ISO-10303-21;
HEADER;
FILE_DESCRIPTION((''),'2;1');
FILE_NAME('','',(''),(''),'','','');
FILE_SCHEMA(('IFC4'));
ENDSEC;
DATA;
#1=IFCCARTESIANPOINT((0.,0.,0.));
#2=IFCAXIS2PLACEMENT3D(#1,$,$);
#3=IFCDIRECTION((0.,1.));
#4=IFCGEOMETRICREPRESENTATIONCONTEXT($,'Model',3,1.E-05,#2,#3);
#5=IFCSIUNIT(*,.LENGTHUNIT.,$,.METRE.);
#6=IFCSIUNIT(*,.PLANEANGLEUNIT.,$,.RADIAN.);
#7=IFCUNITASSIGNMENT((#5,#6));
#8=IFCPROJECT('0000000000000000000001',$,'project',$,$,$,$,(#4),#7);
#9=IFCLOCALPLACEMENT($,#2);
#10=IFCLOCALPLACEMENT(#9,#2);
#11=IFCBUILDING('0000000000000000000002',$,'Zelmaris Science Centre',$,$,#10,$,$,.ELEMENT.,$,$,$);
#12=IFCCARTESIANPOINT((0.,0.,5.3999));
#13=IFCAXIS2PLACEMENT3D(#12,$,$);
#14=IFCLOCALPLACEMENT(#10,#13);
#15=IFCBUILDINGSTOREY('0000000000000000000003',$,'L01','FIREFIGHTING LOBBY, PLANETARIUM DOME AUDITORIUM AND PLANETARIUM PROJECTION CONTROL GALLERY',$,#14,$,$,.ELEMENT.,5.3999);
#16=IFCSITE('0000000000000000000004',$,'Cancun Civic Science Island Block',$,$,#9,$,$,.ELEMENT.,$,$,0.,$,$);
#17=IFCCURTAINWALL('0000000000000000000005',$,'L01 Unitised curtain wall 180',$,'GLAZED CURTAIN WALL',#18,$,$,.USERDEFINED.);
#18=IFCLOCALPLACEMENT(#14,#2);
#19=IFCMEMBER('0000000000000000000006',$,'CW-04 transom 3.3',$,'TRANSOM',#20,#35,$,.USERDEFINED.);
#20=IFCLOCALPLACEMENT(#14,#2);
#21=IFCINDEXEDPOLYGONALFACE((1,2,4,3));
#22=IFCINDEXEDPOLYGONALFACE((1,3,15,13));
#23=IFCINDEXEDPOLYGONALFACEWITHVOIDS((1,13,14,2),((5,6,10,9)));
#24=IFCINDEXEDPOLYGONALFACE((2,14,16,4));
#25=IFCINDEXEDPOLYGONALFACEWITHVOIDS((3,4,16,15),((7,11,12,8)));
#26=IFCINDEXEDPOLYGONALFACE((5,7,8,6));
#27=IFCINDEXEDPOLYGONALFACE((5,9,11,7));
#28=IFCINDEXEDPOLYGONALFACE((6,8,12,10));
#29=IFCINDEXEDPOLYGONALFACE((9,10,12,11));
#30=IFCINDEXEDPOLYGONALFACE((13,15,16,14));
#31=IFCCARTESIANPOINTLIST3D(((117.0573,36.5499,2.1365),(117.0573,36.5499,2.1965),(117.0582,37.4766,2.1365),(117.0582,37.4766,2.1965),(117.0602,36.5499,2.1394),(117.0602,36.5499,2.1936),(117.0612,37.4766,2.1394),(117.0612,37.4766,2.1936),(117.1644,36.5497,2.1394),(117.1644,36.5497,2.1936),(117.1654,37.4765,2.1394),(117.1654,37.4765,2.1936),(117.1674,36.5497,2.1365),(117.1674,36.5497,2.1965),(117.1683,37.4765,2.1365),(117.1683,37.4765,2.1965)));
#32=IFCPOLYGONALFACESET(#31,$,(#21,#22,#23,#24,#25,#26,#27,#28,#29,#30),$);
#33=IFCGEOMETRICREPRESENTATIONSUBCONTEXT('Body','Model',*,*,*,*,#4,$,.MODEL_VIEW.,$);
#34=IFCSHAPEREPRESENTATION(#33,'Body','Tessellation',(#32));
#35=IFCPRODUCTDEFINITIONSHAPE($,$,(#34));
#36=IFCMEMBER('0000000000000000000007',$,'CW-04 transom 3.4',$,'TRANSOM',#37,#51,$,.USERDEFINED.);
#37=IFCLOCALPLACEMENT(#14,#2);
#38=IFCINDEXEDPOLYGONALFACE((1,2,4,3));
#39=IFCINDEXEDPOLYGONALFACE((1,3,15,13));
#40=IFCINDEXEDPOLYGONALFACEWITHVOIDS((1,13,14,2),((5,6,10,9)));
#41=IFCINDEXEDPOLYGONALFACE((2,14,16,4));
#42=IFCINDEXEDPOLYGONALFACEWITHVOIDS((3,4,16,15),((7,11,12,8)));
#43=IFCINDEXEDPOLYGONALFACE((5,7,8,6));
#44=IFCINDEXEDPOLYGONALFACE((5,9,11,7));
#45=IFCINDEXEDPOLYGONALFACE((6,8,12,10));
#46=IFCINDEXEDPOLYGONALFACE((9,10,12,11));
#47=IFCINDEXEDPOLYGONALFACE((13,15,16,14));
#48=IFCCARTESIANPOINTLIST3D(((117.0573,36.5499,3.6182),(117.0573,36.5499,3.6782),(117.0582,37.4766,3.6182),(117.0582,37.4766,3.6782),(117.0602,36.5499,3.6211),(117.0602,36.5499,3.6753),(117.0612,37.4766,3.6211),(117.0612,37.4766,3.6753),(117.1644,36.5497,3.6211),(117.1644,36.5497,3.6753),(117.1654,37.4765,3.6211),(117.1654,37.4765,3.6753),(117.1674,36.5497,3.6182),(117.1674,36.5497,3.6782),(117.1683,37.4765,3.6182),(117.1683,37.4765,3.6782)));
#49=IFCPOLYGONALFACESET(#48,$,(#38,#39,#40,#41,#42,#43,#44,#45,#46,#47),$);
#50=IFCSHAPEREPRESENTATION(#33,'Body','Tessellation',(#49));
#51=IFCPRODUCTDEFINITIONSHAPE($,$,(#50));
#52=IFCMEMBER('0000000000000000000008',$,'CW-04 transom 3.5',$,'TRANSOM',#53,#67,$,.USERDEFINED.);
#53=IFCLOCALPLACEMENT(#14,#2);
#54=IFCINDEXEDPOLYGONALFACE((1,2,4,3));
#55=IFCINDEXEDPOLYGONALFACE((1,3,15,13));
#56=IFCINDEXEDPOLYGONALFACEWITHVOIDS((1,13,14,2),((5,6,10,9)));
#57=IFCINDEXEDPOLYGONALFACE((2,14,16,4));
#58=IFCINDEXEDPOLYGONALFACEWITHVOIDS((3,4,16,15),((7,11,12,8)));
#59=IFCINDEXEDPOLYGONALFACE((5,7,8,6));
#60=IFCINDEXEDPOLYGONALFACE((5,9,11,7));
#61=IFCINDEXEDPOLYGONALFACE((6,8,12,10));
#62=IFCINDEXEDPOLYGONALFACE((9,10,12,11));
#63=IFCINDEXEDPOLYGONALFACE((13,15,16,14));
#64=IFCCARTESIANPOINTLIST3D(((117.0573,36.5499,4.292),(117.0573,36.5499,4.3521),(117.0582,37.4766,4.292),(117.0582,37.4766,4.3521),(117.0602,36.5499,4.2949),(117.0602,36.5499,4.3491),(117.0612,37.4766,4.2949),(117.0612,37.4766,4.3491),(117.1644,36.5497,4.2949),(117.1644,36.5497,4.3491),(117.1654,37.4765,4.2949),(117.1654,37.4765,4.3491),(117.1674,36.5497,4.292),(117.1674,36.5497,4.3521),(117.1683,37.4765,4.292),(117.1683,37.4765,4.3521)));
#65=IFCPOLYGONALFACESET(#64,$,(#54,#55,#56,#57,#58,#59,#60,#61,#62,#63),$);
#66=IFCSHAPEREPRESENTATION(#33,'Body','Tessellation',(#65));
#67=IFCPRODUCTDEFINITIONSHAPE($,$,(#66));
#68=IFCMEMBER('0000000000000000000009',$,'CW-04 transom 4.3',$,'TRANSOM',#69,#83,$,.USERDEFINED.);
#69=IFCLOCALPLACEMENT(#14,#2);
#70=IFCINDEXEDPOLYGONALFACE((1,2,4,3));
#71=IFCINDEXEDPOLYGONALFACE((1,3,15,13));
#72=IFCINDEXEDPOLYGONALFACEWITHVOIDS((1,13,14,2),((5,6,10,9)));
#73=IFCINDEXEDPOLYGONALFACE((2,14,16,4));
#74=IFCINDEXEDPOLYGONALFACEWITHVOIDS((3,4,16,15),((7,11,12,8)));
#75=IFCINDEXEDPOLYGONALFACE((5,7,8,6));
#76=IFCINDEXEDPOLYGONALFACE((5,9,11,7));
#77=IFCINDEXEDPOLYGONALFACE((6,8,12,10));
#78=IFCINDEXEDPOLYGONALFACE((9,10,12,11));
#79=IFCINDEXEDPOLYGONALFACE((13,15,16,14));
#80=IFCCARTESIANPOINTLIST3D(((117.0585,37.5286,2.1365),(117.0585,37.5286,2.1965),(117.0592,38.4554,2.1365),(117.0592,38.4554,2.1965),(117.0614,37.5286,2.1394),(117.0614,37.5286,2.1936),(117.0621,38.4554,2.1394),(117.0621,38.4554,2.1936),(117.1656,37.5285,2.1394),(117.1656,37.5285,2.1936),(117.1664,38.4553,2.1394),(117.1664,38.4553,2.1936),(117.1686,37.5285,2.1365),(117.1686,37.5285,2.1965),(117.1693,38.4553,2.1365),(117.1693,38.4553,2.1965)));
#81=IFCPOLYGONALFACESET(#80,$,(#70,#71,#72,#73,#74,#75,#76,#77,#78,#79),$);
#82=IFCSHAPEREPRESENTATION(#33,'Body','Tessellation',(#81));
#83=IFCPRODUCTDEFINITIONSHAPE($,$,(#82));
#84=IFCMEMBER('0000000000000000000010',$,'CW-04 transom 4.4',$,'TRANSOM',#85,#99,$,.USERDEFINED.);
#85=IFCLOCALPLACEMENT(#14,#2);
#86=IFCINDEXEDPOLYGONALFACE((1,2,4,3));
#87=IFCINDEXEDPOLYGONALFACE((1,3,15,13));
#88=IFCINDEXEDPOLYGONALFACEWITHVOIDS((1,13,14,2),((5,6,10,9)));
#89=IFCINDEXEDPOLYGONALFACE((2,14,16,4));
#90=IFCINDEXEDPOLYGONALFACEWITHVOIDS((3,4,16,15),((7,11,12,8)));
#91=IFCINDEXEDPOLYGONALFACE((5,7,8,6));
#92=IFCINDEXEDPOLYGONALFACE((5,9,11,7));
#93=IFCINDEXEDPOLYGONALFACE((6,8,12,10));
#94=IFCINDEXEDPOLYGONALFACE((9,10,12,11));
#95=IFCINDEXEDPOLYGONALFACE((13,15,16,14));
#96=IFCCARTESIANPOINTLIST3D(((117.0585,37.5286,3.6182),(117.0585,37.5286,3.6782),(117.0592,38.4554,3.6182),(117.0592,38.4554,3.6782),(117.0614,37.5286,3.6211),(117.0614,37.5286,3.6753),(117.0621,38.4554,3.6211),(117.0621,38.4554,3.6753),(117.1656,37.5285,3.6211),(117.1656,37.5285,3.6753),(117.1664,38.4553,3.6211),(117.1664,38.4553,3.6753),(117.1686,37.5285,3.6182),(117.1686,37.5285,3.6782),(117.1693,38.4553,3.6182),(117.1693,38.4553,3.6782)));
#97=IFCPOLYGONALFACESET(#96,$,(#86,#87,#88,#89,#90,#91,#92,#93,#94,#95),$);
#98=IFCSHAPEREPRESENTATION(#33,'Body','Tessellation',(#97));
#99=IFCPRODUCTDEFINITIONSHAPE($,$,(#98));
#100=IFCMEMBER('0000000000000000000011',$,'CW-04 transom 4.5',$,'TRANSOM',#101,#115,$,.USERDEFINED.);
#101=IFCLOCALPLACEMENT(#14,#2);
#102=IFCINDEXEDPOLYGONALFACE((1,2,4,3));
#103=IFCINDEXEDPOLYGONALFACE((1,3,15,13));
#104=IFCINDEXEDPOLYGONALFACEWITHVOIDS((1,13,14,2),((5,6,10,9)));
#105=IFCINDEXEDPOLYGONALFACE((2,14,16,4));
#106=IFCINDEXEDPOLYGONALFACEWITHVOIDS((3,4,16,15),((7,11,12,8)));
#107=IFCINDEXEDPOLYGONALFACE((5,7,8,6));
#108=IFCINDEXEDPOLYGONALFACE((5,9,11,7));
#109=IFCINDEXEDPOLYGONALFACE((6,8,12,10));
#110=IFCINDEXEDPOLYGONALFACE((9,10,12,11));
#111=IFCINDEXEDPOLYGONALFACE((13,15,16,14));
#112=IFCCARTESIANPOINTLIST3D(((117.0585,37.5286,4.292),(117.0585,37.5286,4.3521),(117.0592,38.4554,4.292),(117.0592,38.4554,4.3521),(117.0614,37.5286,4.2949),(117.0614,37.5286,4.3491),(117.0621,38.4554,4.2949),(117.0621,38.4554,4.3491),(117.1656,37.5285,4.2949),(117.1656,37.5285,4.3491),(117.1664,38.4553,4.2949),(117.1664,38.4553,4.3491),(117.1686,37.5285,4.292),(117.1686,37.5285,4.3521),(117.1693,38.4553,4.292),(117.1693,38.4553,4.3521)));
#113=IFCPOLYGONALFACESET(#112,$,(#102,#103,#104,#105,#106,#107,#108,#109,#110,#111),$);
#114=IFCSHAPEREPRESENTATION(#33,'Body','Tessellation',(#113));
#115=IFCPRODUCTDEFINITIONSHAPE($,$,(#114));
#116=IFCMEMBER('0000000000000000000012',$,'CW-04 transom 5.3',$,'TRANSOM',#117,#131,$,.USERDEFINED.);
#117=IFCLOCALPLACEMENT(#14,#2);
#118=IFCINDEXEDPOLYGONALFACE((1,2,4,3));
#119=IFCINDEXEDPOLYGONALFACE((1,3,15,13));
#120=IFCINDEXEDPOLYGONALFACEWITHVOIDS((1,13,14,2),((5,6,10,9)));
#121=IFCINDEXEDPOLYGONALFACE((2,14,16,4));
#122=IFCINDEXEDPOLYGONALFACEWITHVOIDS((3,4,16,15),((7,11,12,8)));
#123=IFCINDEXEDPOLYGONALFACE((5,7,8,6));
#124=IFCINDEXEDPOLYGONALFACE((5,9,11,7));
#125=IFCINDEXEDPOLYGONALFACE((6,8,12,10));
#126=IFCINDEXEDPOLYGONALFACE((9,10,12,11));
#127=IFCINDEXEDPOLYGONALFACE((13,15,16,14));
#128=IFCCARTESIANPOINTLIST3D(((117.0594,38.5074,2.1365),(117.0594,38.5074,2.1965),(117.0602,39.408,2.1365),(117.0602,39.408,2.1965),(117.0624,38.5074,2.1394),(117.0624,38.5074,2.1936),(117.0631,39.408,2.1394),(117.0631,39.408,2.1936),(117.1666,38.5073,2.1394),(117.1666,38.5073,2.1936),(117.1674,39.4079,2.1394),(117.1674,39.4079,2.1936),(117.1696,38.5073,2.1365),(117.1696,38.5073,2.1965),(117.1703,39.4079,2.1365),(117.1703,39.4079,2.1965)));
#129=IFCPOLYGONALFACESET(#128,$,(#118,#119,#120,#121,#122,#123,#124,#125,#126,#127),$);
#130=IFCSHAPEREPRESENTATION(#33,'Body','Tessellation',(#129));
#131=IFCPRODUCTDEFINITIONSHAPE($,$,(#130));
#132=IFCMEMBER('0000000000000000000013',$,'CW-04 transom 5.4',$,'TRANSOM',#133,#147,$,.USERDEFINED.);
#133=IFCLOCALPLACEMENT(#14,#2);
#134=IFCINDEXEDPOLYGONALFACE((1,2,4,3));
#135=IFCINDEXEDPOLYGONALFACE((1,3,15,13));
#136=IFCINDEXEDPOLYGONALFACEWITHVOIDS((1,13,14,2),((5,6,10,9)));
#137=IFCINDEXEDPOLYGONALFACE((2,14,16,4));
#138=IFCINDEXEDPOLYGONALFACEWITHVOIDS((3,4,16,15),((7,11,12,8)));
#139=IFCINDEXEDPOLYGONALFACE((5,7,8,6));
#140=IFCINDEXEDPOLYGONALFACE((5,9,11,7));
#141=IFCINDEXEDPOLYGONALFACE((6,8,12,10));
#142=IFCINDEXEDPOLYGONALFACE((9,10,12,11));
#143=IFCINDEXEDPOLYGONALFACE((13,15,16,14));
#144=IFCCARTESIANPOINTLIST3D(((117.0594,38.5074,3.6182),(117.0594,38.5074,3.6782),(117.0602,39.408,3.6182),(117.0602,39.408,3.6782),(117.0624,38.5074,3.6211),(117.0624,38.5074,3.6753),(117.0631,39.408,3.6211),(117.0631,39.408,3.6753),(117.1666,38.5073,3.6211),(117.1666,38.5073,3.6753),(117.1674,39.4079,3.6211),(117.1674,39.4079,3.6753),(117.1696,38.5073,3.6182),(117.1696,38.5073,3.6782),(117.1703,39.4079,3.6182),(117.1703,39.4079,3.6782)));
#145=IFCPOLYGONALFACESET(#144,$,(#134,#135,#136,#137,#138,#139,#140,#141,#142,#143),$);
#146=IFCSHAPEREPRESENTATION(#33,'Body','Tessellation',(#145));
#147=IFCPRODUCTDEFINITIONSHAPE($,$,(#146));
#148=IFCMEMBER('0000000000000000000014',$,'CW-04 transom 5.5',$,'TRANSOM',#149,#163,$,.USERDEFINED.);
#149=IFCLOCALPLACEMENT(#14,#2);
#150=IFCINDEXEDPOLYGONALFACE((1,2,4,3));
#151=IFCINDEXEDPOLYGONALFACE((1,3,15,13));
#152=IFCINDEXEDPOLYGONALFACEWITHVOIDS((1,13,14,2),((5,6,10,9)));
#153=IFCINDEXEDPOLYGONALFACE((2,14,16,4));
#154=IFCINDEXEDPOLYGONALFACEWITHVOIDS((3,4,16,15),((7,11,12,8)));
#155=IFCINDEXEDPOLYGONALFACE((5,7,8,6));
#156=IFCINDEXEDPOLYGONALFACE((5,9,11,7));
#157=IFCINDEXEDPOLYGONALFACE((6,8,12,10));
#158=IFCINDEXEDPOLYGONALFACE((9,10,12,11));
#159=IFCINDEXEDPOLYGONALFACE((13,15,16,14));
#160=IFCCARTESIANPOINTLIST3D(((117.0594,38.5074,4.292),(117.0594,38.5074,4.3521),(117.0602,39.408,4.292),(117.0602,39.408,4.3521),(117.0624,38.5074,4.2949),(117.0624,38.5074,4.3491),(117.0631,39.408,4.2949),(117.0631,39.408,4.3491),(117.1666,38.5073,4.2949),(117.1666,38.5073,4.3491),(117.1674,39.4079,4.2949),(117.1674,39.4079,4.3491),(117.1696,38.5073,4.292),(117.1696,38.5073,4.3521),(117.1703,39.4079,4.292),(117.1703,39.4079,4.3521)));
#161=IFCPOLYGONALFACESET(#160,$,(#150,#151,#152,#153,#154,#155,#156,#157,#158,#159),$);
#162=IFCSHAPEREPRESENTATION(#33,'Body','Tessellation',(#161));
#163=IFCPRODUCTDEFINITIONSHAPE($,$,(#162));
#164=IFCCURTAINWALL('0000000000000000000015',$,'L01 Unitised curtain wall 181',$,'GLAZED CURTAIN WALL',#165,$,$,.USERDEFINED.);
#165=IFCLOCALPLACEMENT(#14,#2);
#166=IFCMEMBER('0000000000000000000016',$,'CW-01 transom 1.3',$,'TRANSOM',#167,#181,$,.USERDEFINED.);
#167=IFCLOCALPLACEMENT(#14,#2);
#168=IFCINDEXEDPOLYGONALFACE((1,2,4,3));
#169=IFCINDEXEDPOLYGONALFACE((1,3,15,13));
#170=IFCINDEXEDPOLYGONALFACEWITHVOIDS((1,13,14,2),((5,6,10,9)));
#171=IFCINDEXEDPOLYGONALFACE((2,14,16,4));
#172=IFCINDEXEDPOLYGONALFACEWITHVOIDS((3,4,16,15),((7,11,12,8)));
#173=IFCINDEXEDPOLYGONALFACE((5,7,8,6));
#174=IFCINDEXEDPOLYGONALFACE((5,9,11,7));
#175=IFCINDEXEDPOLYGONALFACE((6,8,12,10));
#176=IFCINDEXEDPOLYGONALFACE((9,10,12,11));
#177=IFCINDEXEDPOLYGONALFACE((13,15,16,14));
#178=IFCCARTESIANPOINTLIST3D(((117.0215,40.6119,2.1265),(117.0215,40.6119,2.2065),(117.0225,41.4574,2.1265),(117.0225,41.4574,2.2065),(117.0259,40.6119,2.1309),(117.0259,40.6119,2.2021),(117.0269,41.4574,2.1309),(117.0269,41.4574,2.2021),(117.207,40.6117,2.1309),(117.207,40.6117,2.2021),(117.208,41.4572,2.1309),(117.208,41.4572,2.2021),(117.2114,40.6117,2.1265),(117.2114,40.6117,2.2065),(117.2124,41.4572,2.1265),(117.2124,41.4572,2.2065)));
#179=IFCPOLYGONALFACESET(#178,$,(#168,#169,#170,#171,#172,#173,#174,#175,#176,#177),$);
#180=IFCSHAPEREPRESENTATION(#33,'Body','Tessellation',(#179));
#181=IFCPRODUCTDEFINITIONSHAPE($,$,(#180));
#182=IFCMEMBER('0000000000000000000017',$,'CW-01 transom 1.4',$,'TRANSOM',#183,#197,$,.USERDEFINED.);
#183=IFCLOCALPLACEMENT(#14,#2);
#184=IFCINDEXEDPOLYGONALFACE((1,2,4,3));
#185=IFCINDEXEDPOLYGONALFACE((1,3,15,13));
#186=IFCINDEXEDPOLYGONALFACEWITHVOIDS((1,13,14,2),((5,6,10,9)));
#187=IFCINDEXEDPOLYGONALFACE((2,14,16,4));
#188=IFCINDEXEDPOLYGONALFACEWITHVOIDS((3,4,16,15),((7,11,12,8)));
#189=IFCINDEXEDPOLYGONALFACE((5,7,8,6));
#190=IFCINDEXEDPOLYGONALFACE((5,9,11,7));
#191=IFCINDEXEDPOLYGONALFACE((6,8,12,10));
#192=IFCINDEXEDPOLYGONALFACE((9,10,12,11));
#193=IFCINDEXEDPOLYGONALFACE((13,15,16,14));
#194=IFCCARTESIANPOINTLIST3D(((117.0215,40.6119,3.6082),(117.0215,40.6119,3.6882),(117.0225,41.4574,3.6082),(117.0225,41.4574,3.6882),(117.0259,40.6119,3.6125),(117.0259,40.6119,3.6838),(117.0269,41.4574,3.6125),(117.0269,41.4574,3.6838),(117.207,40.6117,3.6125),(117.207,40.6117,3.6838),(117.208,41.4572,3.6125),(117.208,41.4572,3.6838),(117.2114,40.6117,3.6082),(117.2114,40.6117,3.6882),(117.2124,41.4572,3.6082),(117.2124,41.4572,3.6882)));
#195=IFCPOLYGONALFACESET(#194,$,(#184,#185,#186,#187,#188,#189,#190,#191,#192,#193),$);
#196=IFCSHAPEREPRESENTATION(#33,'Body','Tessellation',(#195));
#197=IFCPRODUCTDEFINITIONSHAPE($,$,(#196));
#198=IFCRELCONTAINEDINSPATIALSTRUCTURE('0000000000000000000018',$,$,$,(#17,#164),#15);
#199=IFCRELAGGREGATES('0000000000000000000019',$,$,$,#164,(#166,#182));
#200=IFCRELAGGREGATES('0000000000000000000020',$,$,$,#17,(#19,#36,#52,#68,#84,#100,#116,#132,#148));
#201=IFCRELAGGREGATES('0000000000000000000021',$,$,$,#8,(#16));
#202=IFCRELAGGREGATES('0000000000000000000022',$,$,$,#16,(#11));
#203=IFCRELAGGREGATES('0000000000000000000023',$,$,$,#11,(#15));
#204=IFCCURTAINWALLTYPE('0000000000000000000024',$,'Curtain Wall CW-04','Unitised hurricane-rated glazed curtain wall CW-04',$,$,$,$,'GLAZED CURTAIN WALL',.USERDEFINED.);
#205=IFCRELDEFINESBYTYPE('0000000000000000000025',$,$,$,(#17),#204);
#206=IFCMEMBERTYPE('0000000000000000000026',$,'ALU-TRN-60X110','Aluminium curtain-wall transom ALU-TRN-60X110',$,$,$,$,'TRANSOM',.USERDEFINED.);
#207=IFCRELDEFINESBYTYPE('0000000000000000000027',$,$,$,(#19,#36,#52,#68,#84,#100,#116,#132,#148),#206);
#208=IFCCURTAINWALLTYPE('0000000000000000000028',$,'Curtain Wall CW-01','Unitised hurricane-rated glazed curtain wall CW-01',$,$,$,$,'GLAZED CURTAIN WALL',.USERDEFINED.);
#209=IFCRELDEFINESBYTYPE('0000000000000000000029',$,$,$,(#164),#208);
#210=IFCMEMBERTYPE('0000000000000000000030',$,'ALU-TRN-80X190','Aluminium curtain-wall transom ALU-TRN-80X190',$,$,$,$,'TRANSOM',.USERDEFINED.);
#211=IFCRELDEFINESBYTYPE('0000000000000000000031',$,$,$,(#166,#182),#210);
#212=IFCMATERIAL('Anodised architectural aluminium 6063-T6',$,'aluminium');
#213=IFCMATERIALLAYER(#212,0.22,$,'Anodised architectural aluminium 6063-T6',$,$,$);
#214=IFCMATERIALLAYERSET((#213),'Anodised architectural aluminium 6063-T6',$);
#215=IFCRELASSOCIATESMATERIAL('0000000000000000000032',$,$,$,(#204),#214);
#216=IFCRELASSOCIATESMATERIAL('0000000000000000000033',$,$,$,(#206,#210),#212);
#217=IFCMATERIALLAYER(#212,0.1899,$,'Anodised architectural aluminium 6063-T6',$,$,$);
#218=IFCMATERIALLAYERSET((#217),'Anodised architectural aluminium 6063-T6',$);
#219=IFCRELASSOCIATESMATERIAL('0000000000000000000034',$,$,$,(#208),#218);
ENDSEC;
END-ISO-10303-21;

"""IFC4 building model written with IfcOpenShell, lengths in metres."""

from ifc_helpers import new_model, si_unit, direction, frame, origin, origin_2d, place, context, subcontext, project, spatial, hollow_rectangle, extrude, material, layer, layer_set, material_profile, profile_set, type_object, element, aggregate, save


model = new_model("IFC4")

# Units and contexts
model_context = context("Model", 3, precision=1e-05, world=origin(), true_north=direction((0.0, 1.0)))
body_context = subcontext(model_context, "Body", "Model", "MODEL_VIEW")
ifc_project = project(units=[si_unit("LENGTHUNIT", "METRE"), si_unit("PLANEANGLEUNIT", "RADIAN")], contexts=[model_context])

# Site, building, storey
site_placement = place(None, origin())
site = spatial("IfcSite", under=ifc_project, at=site_placement, Name="Cancun Civic Science Island Block", CompositionType="ELEMENT", RefElevation=0.0)
building_placement = place(site_placement, origin())
building = spatial("IfcBuilding", under=site, at=building_placement, Name="Zelmaris Science Centre", CompositionType="ELEMENT")
storey_placement = place(building_placement, frame((0.0, 0.0, 5.3999)))
storey = spatial("IfcBuildingStorey", under=building, at=storey_placement, Name="L01", Description="FIREFIGHTING LOBBY, PLANETARIUM DOME AUDITORIUM AND PLANETARIUM PROJECTION CONTROL GALLERY", CompositionType="ELEMENT", Elevation=5.3999)

# Curtain walls, members
ifc_material_1 = material(Name="Anodised architectural aluminium 6063-T6", Category="aluminium")
ifc_layer_1 = layer(ifc_material_1, 0.22, Name="Anodised architectural aluminium 6063-T6")
ifc_layer_set_1 = layer_set([ifc_layer_1], Name="Anodised architectural aluminium 6063-T6")
curtain_wall_type_1 = type_object("IfcCurtainWallType", Name="Curtain Wall CW-04", Description="Unitised hurricane-rated glazed curtain wall CW-04", ElementType="GLAZED CURTAIN WALL", PredefinedType="USERDEFINED", material=ifc_layer_set_1)
curtain_wall_1_placement = place(storey_placement, origin())
curtain_wall_1 = element("IfcCurtainWall", 1, at=curtain_wall_1_placement, inside=storey, type_object=curtain_wall_type_1, Name="L01 Unitised curtain wall 180", ObjectType="GLAZED CURTAIN WALL", PredefinedType="USERDEFINED")
ifc_material_profile_1 = material_profile(ifc_material_1, hollow_rectangle(XDim=0.0601, YDim=0.1101, WallThickness=0.0029, at=origin_2d()), Name="ALU-TRN-60X110")
ifc_profile_set_1 = profile_set([ifc_material_profile_1], Name="Anodised architectural aluminium 6063-T6")
member_type_1 = type_object("IfcMemberType", Name="ALU-TRN-60X110", Description="Aluminium curtain-wall transom ALU-TRN-60X110", ElementType="TRANSOM", PredefinedType="USERDEFINED", material=ifc_profile_set_1)
member_1_placement = place(storey_placement, frame((117.1123, 36.5498, 2.1665), z_axis=(0.001054, 0.999999, 0.0), x_axis=(0.0, 0.0, 1.0)))
member_1 = element("IfcMember", 2, at=member_1_placement, type_object=member_type_1, Name="CW-04 transom 3.3", ObjectType="TRANSOM", PredefinedType="USERDEFINED", context=body_context, shape_type="SweptSolid", body=[
    extrude(hollow_rectangle(XDim=0.0601, YDim=0.1101, WallThickness=0.0029, at=origin_2d()), origin(), (0.0, 0.0, 1.0), 0.9268),
])
member_2_placement = place(storey_placement, frame((117.1123, 36.5498, 3.6482), z_axis=(0.001054, 0.999999, 0.0), x_axis=(0.0, 0.0, 1.0)))
member_2 = element("IfcMember", 3, at=member_2_placement, type_object=member_type_1, Name="CW-04 transom 3.4", ObjectType="TRANSOM", PredefinedType="USERDEFINED", context=body_context, shape_type="SweptSolid", body=[
    extrude(hollow_rectangle(XDim=0.0601, YDim=0.1101, WallThickness=0.0029, at=origin_2d()), origin(), (0.0, 0.0, 1.0), 0.9268),
])
member_3_placement = place(storey_placement, frame((117.1123, 36.5498, 4.322), z_axis=(0.001054, 0.999999, 0.0), x_axis=(0.0, 0.0, 1.0)))
member_3 = element("IfcMember", 4, at=member_3_placement, type_object=member_type_1, Name="CW-04 transom 3.5", ObjectType="TRANSOM", PredefinedType="USERDEFINED", context=body_context, shape_type="SweptSolid", body=[
    extrude(hollow_rectangle(XDim=0.0601, YDim=0.1101, WallThickness=0.0029, at=origin_2d()), origin(), (0.0, 0.0, 1.0), 0.9268),
])
member_4_placement = place(storey_placement, frame((117.1135, 37.5286, 2.1665), z_axis=(0.00079, 1.0, 0.0), x_axis=(0.0, 0.0, 1.0)))
member_4 = element("IfcMember", 5, at=member_4_placement, type_object=member_type_1, Name="CW-04 transom 4.3", ObjectType="TRANSOM", PredefinedType="USERDEFINED", context=body_context, shape_type="SweptSolid", body=[
    extrude(hollow_rectangle(XDim=0.0601, YDim=0.1101, WallThickness=0.0029, at=origin_2d()), origin(), (0.0, 0.0, 1.0), 0.9268),
])
member_5_placement = place(storey_placement, frame((117.1135, 37.5286, 3.6482), z_axis=(0.00079, 1.0, 0.0), x_axis=(0.0, 0.0, 1.0)))
member_5 = element("IfcMember", 6, at=member_5_placement, type_object=member_type_1, Name="CW-04 transom 4.4", ObjectType="TRANSOM", PredefinedType="USERDEFINED", context=body_context, shape_type="SweptSolid", body=[
    extrude(hollow_rectangle(XDim=0.0601, YDim=0.1101, WallThickness=0.0029, at=origin_2d()), origin(), (0.0, 0.0, 1.0), 0.9268),
])
member_6_placement = place(storey_placement, frame((117.1135, 37.5286, 4.322), z_axis=(0.00079, 1.0, 0.0), x_axis=(0.0, 0.0, 1.0)))
member_6 = element("IfcMember", 7, at=member_6_placement, type_object=member_type_1, Name="CW-04 transom 4.5", ObjectType="TRANSOM", PredefinedType="USERDEFINED", context=body_context, shape_type="SweptSolid", body=[
    extrude(hollow_rectangle(XDim=0.0601, YDim=0.1101, WallThickness=0.0029, at=origin_2d()), origin(), (0.0, 0.0, 1.0), 0.9268),
])
member_7_placement = place(storey_placement, frame((117.1145, 38.5073, 2.1665), z_axis=(0.000813, 1.0, 0.0), x_axis=(0.0, 0.0, 1.0)))
member_7 = element("IfcMember", 8, at=member_7_placement, type_object=member_type_1, Name="CW-04 transom 5.3", ObjectType="TRANSOM", PredefinedType="USERDEFINED", context=body_context, shape_type="SweptSolid", body=[
    extrude(hollow_rectangle(XDim=0.0601, YDim=0.1101, WallThickness=0.0029, at=origin_2d()), origin(), (0.0, 0.0, 1.0), 0.9006),
])
member_8_placement = place(storey_placement, frame((117.1145, 38.5073, 3.6482), z_axis=(0.000813, 1.0, 0.0), x_axis=(0.0, 0.0, 1.0)))
member_8 = element("IfcMember", 9, at=member_8_placement, type_object=member_type_1, Name="CW-04 transom 5.4", ObjectType="TRANSOM", PredefinedType="USERDEFINED", context=body_context, shape_type="SweptSolid", body=[
    extrude(hollow_rectangle(XDim=0.0601, YDim=0.1101, WallThickness=0.0029, at=origin_2d()), origin(), (0.0, 0.0, 1.0), 0.9006),
])
member_9_placement = place(storey_placement, frame((117.1145, 38.5073, 4.322), z_axis=(0.000813, 1.0, 0.0), x_axis=(0.0, 0.0, 1.0)))
member_9 = element("IfcMember", 10, at=member_9_placement, type_object=member_type_1, Name="CW-04 transom 5.5", ObjectType="TRANSOM", PredefinedType="USERDEFINED", context=body_context, shape_type="SweptSolid", body=[
    extrude(hollow_rectangle(XDim=0.0601, YDim=0.1101, WallThickness=0.0029, at=origin_2d()), origin(), (0.0, 0.0, 1.0), 0.9006),
])
ifc_layer_2 = layer(ifc_material_1, 0.1899, Name="Anodised architectural aluminium 6063-T6")
ifc_layer_set_2 = layer_set([ifc_layer_2], Name="Anodised architectural aluminium 6063-T6")
curtain_wall_type_2 = type_object("IfcCurtainWallType", Name="Curtain Wall CW-01", Description="Unitised hurricane-rated glazed curtain wall CW-01", ElementType="GLAZED CURTAIN WALL", PredefinedType="USERDEFINED", material=ifc_layer_set_2)
curtain_wall_2_placement = place(storey_placement, origin())
curtain_wall_2 = element("IfcCurtainWall", 11, at=curtain_wall_2_placement, inside=storey, type_object=curtain_wall_type_2, Name="L01 Unitised curtain wall 181", ObjectType="GLAZED CURTAIN WALL", PredefinedType="USERDEFINED")
ifc_material_profile_2 = material_profile(ifc_material_1, hollow_rectangle(XDim=0.0801, YDim=0.1899, WallThickness=0.0044, at=origin_2d()), Name="ALU-TRN-80X190")
ifc_profile_set_2 = profile_set([ifc_material_profile_2], Name="Anodised architectural aluminium 6063-T6")
member_type_2 = type_object("IfcMemberType", Name="ALU-TRN-80X190", Description="Aluminium curtain-wall transom ALU-TRN-80X190", ElementType="TRANSOM", PredefinedType="USERDEFINED", material=ifc_profile_set_2)
member_10_placement = place(storey_placement, frame((117.1165, 40.6118, 2.1665), z_axis=(0.001155, 0.999999, 0.0), x_axis=(0.0, 0.0, 1.0)))
member_10 = element("IfcMember", 12, at=member_10_placement, type_object=member_type_2, Name="CW-01 transom 1.3", ObjectType="TRANSOM", PredefinedType="USERDEFINED", context=body_context, shape_type="SweptSolid", body=[
    extrude(hollow_rectangle(XDim=0.0801, YDim=0.1899, WallThickness=0.0044, at=origin_2d()), origin(), (0.0, 0.0, 1.0), 0.8455),
])
member_11_placement = place(storey_placement, frame((117.1165, 40.6118, 3.6482), z_axis=(0.001155, 0.999999, 0.0), x_axis=(0.0, 0.0, 1.0)))
member_11 = element("IfcMember", 13, at=member_11_placement, type_object=member_type_2, Name="CW-01 transom 1.4", ObjectType="TRANSOM", PredefinedType="USERDEFINED", context=body_context, shape_type="SweptSolid", body=[
    extrude(hollow_rectangle(XDim=0.0801, YDim=0.1899, WallThickness=0.0044, at=origin_2d()), origin(), (0.0, 0.0, 1.0), 0.8455),
])
aggregate(curtain_wall_2, [member_10, member_11])

aggregate(curtain_wall_1, [member_1, member_2, member_3, member_4, member_5, member_6, member_7, member_8, member_9])

save(model, "model.ifc")
